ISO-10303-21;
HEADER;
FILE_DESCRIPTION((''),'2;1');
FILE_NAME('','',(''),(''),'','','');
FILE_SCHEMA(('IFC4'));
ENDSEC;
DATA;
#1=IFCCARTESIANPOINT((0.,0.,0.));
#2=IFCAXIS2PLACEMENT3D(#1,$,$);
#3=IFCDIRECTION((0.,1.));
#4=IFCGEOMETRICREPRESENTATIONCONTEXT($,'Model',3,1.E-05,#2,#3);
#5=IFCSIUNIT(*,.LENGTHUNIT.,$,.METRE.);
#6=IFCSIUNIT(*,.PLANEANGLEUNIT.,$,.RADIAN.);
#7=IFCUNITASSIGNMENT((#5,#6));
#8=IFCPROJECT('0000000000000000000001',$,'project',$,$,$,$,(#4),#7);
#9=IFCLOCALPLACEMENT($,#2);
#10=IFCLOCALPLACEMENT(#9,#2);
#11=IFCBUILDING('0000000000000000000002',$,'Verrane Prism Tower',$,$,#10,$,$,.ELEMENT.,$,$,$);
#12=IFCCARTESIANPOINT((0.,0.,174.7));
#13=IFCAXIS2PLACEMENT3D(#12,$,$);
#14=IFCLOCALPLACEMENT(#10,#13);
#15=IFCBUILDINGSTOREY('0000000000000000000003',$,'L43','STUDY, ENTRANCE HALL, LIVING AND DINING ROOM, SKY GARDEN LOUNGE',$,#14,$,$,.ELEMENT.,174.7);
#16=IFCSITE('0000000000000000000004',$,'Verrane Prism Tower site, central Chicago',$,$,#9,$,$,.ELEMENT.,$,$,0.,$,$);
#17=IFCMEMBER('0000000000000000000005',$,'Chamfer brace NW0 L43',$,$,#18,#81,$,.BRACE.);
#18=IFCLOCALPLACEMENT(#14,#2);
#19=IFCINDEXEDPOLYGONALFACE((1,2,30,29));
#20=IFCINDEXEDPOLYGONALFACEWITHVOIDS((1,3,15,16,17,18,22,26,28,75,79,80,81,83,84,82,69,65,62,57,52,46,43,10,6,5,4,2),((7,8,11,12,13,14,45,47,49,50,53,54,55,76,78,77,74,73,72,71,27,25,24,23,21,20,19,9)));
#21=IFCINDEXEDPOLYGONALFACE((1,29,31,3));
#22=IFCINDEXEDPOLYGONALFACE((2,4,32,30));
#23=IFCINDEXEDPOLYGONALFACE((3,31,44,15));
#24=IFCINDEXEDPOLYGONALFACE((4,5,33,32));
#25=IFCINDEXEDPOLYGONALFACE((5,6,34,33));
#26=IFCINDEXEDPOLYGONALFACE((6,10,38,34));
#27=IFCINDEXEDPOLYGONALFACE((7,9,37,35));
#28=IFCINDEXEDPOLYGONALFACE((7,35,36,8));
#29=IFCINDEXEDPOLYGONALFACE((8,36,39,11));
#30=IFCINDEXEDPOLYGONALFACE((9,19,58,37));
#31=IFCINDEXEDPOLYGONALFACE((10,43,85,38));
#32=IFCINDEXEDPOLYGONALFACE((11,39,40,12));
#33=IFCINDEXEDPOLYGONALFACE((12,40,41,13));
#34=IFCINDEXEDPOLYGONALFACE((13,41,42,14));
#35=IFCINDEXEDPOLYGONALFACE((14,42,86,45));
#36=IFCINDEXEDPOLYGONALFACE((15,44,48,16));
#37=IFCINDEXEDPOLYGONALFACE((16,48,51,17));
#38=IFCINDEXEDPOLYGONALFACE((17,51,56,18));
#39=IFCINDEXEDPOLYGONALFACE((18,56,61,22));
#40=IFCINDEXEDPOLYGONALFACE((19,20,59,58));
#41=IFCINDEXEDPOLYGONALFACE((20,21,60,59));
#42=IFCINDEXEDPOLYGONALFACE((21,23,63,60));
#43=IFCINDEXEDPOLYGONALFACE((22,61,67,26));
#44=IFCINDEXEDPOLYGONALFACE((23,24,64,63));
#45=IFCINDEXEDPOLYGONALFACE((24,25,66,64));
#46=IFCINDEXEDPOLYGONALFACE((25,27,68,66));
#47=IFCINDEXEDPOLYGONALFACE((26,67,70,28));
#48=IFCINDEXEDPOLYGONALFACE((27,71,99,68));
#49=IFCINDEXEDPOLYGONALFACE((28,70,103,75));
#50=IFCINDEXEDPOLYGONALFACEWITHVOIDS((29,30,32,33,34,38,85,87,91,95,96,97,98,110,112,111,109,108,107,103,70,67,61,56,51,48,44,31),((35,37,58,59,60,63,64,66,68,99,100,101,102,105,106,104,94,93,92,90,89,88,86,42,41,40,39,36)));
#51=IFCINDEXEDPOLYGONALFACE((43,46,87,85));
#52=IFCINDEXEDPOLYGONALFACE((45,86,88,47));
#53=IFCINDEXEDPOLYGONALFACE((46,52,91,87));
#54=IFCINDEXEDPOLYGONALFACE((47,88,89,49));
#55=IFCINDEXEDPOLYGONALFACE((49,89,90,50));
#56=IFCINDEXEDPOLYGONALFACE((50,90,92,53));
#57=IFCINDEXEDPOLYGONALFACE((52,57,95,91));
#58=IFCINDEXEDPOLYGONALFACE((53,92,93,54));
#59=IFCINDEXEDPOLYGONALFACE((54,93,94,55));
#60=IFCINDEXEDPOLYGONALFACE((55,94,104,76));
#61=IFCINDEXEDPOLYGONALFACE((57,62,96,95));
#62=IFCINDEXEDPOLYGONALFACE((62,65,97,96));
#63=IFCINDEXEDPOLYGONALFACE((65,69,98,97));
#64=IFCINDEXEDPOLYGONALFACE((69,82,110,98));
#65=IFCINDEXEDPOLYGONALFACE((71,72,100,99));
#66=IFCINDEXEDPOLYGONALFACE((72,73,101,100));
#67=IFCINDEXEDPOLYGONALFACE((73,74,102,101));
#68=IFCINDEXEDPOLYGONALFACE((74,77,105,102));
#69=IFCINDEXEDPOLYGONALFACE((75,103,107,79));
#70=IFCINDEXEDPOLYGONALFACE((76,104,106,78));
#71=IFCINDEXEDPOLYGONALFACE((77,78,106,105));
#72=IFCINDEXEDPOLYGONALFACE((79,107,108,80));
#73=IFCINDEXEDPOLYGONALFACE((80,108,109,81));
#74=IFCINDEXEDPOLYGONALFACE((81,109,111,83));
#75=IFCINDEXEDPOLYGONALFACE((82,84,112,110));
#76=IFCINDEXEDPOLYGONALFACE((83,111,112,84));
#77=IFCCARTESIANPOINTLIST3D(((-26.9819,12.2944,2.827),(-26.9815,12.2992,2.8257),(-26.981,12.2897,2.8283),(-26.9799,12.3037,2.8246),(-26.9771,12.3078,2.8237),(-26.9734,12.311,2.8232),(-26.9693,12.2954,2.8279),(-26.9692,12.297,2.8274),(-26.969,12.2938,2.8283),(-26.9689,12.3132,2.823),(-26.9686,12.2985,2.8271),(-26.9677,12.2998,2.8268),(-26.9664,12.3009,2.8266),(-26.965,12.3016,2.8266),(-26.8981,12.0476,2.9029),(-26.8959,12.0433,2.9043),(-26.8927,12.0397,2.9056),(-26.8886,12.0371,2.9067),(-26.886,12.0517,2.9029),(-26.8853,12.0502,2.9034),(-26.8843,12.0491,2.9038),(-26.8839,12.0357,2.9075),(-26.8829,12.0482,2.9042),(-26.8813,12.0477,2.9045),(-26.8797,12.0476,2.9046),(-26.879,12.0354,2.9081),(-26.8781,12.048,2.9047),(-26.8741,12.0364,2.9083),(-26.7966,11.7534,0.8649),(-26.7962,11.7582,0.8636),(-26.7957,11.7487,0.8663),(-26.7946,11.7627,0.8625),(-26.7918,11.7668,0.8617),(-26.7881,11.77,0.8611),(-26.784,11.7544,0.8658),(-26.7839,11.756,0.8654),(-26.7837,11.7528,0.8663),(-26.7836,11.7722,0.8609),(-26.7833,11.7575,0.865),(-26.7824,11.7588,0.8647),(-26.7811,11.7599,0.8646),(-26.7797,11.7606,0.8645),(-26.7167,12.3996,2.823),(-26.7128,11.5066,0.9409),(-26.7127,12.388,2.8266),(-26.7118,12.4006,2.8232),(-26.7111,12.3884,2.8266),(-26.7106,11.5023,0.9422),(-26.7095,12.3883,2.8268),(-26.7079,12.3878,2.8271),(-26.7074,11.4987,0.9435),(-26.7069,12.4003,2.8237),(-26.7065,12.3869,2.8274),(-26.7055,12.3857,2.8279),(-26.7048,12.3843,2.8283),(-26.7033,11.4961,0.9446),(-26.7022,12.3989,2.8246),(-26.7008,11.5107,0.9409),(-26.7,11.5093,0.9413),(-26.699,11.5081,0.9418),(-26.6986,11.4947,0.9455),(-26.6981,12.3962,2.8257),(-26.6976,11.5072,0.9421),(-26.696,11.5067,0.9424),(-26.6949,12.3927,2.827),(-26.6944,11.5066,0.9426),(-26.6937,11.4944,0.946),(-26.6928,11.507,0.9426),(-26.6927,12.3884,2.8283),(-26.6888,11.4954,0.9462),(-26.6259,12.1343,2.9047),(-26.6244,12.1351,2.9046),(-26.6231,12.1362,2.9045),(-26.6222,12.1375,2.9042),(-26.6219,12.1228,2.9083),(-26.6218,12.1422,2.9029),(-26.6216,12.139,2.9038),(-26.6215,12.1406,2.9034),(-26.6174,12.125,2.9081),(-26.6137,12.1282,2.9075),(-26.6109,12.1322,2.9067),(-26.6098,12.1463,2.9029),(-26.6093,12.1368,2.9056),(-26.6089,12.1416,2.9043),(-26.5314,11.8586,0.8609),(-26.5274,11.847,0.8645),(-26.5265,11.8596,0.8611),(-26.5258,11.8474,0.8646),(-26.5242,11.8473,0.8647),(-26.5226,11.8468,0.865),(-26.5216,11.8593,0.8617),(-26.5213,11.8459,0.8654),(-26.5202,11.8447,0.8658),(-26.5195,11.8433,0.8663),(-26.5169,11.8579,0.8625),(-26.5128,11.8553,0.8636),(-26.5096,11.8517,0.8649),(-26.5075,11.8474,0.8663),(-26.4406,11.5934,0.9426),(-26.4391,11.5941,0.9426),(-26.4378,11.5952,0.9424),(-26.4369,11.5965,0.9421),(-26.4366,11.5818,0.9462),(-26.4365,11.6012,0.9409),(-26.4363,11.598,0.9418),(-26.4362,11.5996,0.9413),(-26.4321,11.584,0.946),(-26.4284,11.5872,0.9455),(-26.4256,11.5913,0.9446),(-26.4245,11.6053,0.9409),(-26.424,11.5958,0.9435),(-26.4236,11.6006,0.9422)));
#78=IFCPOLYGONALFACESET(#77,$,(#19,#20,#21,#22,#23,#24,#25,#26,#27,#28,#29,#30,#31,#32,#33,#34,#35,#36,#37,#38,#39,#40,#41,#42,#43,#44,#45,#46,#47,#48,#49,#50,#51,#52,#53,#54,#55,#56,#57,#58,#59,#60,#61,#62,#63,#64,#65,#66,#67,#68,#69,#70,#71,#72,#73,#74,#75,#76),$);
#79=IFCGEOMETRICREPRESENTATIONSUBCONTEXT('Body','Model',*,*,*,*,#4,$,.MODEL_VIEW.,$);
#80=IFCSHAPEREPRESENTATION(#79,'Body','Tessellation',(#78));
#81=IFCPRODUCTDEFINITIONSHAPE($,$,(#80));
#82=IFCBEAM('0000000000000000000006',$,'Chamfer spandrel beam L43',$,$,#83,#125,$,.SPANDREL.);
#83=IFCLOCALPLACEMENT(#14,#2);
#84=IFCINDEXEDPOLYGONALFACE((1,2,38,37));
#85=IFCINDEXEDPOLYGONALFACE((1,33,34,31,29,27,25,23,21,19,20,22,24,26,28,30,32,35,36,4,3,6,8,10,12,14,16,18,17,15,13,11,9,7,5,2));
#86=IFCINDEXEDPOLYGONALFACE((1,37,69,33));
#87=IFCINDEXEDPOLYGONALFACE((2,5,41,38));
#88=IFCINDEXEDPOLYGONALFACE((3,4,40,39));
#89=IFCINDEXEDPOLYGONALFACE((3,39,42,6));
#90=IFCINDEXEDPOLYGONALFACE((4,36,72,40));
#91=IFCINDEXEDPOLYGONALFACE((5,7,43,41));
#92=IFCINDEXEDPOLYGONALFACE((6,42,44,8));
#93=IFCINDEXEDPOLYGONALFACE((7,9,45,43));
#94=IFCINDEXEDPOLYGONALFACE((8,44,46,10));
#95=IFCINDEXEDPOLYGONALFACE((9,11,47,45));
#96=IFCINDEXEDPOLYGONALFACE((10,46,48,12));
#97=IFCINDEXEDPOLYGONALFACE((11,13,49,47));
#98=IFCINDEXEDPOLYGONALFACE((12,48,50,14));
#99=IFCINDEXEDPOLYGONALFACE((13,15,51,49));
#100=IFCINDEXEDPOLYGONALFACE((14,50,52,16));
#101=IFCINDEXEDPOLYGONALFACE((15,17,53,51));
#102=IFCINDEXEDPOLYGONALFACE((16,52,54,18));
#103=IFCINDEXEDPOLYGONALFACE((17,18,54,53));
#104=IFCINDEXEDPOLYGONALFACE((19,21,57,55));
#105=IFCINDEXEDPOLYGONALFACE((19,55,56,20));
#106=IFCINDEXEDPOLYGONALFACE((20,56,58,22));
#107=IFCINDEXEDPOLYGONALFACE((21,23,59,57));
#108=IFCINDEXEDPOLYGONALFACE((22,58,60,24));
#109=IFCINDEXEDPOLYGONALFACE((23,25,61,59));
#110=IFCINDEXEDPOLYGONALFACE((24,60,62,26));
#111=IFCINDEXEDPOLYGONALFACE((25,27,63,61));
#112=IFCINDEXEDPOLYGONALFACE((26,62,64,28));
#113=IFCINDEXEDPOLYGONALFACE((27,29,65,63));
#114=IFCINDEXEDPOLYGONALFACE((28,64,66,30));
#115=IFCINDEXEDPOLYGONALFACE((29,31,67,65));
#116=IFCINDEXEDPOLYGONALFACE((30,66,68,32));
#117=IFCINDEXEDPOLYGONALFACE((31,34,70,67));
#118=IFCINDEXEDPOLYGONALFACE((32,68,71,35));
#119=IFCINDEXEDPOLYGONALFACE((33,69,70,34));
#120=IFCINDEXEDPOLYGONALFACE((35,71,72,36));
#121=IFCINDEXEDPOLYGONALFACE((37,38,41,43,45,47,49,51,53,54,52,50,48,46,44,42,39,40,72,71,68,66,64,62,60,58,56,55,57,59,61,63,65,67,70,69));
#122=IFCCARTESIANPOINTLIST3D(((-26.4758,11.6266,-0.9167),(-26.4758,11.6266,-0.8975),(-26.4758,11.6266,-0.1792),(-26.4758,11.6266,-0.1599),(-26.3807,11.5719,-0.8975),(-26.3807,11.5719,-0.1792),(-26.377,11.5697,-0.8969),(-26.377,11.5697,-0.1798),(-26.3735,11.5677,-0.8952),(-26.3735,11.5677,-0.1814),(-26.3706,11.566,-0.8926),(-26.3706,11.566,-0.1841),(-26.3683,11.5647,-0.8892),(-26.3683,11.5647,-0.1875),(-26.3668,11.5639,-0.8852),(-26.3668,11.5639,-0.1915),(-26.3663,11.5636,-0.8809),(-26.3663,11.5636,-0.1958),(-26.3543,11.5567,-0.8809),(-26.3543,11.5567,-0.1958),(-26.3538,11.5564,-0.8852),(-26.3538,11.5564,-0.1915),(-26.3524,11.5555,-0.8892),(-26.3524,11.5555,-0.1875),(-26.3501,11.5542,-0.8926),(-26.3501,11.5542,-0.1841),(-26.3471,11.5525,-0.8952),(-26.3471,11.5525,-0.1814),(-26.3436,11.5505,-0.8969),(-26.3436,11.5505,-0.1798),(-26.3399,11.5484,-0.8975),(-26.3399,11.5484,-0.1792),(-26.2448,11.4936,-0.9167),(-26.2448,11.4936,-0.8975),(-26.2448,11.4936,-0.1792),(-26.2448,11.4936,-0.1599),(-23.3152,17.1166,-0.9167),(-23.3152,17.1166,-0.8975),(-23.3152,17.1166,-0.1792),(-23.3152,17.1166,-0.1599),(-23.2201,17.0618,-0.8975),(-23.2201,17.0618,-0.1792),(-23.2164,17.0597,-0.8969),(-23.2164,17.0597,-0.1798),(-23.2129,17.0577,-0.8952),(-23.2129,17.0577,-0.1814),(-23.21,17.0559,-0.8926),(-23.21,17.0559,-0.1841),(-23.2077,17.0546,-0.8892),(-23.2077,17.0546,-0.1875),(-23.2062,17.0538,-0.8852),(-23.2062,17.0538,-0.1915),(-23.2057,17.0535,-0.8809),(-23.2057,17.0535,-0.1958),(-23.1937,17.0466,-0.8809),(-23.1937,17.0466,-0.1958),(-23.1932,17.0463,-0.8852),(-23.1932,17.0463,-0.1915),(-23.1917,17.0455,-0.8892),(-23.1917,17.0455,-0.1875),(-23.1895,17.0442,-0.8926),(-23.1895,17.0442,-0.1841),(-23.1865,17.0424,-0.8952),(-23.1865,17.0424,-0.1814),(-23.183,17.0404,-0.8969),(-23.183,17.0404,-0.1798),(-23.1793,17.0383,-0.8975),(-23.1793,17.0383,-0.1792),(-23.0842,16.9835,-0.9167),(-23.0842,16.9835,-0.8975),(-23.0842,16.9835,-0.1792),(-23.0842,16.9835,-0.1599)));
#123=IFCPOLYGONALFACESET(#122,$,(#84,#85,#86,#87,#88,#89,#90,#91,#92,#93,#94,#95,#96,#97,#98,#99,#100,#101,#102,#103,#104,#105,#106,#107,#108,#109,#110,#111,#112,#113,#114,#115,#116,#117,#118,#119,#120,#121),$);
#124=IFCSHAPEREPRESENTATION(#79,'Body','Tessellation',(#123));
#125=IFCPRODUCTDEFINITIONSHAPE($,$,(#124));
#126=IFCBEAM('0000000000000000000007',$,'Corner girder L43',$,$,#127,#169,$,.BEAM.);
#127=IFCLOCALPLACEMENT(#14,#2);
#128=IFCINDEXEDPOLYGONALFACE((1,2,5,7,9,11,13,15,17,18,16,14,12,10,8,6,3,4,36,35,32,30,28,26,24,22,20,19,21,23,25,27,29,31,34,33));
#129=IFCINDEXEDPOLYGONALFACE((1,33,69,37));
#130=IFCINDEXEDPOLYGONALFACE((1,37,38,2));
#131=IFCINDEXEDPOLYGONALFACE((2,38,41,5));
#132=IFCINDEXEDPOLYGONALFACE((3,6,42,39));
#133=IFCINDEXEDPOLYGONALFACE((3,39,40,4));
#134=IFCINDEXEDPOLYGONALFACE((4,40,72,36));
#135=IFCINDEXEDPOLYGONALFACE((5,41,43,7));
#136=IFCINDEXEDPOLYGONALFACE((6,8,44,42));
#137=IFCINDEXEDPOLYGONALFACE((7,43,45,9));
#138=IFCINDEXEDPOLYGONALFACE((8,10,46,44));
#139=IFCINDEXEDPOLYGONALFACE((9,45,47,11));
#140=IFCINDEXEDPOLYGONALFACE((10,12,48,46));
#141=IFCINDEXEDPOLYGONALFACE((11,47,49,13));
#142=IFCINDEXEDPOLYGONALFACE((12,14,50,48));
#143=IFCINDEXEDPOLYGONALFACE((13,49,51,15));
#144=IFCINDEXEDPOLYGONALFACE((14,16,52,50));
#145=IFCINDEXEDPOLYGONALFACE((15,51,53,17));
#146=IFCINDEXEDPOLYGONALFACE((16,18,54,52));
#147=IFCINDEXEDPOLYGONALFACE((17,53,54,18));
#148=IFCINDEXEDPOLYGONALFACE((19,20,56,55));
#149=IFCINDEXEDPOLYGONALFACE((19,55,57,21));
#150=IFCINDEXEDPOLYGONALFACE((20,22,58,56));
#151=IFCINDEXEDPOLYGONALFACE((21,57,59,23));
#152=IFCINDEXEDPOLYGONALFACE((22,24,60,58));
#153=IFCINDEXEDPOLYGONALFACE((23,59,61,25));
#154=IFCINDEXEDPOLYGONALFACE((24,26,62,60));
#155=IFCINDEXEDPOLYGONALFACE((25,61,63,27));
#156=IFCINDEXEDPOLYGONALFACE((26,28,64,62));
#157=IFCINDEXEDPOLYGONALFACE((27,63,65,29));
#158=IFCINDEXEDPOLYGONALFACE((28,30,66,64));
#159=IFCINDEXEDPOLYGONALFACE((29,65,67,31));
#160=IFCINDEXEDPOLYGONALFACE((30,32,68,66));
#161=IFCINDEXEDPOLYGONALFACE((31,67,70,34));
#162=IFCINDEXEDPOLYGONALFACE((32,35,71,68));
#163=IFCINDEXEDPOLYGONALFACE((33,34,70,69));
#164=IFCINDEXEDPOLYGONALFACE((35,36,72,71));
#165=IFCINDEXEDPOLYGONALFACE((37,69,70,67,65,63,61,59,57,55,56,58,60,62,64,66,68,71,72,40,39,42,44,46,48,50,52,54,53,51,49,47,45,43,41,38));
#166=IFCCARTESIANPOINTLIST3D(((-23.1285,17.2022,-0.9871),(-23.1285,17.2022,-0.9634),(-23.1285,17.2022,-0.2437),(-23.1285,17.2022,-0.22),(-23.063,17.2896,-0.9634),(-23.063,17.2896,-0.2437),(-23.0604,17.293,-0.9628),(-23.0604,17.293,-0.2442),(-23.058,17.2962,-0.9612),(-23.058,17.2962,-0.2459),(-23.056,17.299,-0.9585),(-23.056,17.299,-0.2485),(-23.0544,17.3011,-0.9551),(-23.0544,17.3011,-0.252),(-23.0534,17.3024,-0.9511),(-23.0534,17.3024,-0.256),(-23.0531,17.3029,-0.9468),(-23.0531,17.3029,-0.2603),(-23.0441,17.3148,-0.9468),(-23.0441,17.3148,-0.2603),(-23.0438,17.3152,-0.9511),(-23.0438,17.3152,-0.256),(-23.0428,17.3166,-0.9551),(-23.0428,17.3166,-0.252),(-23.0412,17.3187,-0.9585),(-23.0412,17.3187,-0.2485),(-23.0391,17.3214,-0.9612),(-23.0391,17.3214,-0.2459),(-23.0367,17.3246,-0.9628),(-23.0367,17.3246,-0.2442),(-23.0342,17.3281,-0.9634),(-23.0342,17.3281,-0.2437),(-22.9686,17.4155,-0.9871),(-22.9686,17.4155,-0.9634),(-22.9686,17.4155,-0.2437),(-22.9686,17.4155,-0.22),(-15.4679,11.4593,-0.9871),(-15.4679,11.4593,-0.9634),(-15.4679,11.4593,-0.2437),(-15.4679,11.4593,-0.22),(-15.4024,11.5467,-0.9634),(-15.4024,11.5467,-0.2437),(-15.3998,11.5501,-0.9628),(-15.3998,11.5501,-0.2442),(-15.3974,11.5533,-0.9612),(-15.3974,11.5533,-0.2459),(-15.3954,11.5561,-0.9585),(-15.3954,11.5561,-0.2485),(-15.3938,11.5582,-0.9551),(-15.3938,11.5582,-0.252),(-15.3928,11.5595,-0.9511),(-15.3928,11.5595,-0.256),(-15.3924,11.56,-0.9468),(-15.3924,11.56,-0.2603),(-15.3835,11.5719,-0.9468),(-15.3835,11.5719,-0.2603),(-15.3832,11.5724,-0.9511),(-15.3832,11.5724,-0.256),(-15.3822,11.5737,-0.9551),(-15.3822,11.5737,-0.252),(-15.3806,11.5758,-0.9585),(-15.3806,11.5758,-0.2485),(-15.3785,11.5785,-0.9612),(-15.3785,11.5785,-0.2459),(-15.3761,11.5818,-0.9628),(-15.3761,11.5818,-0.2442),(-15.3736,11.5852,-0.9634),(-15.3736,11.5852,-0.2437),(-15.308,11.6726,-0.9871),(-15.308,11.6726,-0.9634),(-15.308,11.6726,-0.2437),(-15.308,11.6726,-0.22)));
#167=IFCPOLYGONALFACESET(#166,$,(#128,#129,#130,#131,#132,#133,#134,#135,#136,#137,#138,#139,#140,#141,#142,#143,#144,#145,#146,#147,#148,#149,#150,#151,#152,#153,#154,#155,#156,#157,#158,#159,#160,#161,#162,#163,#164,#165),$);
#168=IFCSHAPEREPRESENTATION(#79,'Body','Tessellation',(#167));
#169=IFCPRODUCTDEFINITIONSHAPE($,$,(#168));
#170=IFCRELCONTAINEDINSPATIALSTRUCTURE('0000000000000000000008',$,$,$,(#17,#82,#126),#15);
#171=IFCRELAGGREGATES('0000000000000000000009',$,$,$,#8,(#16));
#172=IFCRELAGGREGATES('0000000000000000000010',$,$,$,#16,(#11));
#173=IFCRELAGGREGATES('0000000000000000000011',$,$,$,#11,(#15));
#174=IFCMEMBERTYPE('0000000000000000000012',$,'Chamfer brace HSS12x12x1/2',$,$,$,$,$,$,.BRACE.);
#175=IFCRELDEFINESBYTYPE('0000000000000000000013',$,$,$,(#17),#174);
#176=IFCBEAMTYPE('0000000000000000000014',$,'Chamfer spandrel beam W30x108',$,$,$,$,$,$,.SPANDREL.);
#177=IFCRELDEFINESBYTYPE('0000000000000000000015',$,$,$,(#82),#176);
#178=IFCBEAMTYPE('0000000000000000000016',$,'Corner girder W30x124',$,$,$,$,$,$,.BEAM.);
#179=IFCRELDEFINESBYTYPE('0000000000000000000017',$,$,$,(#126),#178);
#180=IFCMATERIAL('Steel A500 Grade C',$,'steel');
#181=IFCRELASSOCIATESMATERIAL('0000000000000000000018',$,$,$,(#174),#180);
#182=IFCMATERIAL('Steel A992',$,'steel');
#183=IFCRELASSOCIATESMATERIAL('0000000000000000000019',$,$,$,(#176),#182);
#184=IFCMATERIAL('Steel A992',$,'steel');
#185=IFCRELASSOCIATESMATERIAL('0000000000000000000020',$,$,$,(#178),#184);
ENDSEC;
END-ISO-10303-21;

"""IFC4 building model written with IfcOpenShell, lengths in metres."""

from ifc_helpers import new_model, si_unit, direction, frame, origin, origin_2d, place, context, subcontext, project, spatial, hollow_rectangle, i_section, extrude, material, material_profile, profile_set, type_object, element, save


model = new_model("IFC4")

# Units and contexts
model_context = context("Model", 3, precision=1e-05, world=origin(), true_north=direction((0.0, 1.0)))
body_context = subcontext(model_context, "Body", "Model", "MODEL_VIEW")
ifc_project = project(units=[si_unit("LENGTHUNIT", "METRE"), si_unit("PLANEANGLEUNIT", "RADIAN")], contexts=[model_context])

# Site, building, storey
site_placement = place(None, origin())
site = spatial("IfcSite", under=ifc_project, at=site_placement, Name="Verrane Prism Tower site, central Chicago", CompositionType="ELEMENT", RefElevation=0.0)
building_placement = place(site_placement, origin())
building = spatial("IfcBuilding", under=site, at=building_placement, Name="Verrane Prism Tower", CompositionType="ELEMENT")
storey_placement = place(building_placement, frame((0.0, 0.0, 174.7)))
storey = spatial("IfcBuildingStorey", under=building, at=storey_placement, Name="L43", Description="STUDY, ENTRANCE HALL, LIVING AND DINING ROOM, SKY GARDEN LOUNGE", CompositionType="ELEMENT", Elevation=174.7)

# Member
ifc_material_1 = material(Name="Steel A500 Grade C", Category="steel")
ifc_material_profile_1 = material_profile(ifc_material_1, hollow_rectangle(XDim=0.3047, YDim=0.3047, WallThickness=0.0127, InnerFilletRadius=0.0063, OuterFilletRadius=0.019, at=origin_2d()), Name="HSS12x12x1/2")
ifc_profile_set_1 = profile_set([ifc_material_profile_1], Name="Steel A500 Grade C")
member_type_1 = type_object("IfcMemberType", Name="Chamfer brace HSS12x12x1/2", PredefinedType="BRACE", material=ifc_profile_set_1)
member_1_placement = place(storey_placement, frame((-26.6101, 11.677, 0.9036), z_axis=(-0.090666, 0.264711, 0.960056), x_axis=(-0.946047, -0.32403, 0.0)))
element("IfcMember", 1, at=member_1_placement, inside=storey, type_object=member_type_1, Name="Chamfer brace NW0 L43", PredefinedType="BRACE", context=body_context, shape_type="SweptSolid", body=[
    extrude(hollow_rectangle(XDim=0.3047, YDim=0.3047, WallThickness=0.0127, InnerFilletRadius=0.0063, OuterFilletRadius=0.019, at=origin_2d()), origin(), (0.0, 0.0, 1.0), 2.0437),
])

# Beams
ifc_material_2 = material(Name="Steel A992", Category="steel")
ifc_material_profile_2 = material_profile(ifc_material_2, i_section(OverallWidth=0.2666, OverallDepth=0.7568, WebThickness=0.0139, FlangeThickness=0.0193, FilletRadius=0.0166, at=origin_2d()), Name="W30x108")
ifc_profile_set_2 = profile_set([ifc_material_profile_2], Name="Steel A992")
beam_type_1 = type_object("IfcBeamType", Name="Chamfer spandrel beam W30x108", PredefinedType="SPANDREL", material=ifc_profile_set_2)
beam_1_placement = place(storey_placement, frame((-23.1997, 17.05, -0.5383), z_axis=(-0.498934, -0.86664, 0.0), x_axis=(0.86664, -0.498934, 0.0)))
element("IfcBeam", 2, at=beam_1_placement, inside=storey, type_object=beam_type_1, Name="Chamfer spandrel beam L43", PredefinedType="SPANDREL", context=body_context, shape_type="SweptSolid", body=[
    extrude(i_section(OverallWidth=0.2666, OverallDepth=0.7568, WebThickness=0.0139, FlangeThickness=0.0193, FilletRadius=0.0166, at=origin_2d()), origin(), (0.0, 0.0, 1.0), 6.3347),
])
ifc_material_3 = material(Name="Steel A992", Category="steel")
ifc_material_profile_3 = material_profile(ifc_material_3, i_section(OverallWidth=0.2666, OverallDepth=0.7671, WebThickness=0.0149, FlangeThickness=0.0237, FilletRadius=0.0166, at=origin_2d()), Name="W30x124")
ifc_profile_set_3 = profile_set([ifc_material_profile_3], Name="Steel A992")
beam_type_2 = type_object("IfcBeamType", Name="Corner girder W30x124", PredefinedType="BEAM", material=ifc_profile_set_3)
beam_2_placement = place(storey_placement, frame((-23.0486, 17.3088, -0.6035), z_axis=(0.800128, -0.599829, 0.0), x_axis=(0.599829, 0.800128, 0.0)))
element("IfcBeam", 3, at=beam_2_placement, inside=storey, type_object=beam_type_2, Name="Corner girder L43", PredefinedType="BEAM", context=body_context, shape_type="SweptSolid", body=[
    extrude(i_section(OverallWidth=0.2666, OverallDepth=0.7671, WebThickness=0.0149, FlangeThickness=0.0237, FilletRadius=0.0166, at=origin_2d()), origin(), (0.0, 0.0, 1.0), 9.5742),
])

save(model, "model.ifc")
